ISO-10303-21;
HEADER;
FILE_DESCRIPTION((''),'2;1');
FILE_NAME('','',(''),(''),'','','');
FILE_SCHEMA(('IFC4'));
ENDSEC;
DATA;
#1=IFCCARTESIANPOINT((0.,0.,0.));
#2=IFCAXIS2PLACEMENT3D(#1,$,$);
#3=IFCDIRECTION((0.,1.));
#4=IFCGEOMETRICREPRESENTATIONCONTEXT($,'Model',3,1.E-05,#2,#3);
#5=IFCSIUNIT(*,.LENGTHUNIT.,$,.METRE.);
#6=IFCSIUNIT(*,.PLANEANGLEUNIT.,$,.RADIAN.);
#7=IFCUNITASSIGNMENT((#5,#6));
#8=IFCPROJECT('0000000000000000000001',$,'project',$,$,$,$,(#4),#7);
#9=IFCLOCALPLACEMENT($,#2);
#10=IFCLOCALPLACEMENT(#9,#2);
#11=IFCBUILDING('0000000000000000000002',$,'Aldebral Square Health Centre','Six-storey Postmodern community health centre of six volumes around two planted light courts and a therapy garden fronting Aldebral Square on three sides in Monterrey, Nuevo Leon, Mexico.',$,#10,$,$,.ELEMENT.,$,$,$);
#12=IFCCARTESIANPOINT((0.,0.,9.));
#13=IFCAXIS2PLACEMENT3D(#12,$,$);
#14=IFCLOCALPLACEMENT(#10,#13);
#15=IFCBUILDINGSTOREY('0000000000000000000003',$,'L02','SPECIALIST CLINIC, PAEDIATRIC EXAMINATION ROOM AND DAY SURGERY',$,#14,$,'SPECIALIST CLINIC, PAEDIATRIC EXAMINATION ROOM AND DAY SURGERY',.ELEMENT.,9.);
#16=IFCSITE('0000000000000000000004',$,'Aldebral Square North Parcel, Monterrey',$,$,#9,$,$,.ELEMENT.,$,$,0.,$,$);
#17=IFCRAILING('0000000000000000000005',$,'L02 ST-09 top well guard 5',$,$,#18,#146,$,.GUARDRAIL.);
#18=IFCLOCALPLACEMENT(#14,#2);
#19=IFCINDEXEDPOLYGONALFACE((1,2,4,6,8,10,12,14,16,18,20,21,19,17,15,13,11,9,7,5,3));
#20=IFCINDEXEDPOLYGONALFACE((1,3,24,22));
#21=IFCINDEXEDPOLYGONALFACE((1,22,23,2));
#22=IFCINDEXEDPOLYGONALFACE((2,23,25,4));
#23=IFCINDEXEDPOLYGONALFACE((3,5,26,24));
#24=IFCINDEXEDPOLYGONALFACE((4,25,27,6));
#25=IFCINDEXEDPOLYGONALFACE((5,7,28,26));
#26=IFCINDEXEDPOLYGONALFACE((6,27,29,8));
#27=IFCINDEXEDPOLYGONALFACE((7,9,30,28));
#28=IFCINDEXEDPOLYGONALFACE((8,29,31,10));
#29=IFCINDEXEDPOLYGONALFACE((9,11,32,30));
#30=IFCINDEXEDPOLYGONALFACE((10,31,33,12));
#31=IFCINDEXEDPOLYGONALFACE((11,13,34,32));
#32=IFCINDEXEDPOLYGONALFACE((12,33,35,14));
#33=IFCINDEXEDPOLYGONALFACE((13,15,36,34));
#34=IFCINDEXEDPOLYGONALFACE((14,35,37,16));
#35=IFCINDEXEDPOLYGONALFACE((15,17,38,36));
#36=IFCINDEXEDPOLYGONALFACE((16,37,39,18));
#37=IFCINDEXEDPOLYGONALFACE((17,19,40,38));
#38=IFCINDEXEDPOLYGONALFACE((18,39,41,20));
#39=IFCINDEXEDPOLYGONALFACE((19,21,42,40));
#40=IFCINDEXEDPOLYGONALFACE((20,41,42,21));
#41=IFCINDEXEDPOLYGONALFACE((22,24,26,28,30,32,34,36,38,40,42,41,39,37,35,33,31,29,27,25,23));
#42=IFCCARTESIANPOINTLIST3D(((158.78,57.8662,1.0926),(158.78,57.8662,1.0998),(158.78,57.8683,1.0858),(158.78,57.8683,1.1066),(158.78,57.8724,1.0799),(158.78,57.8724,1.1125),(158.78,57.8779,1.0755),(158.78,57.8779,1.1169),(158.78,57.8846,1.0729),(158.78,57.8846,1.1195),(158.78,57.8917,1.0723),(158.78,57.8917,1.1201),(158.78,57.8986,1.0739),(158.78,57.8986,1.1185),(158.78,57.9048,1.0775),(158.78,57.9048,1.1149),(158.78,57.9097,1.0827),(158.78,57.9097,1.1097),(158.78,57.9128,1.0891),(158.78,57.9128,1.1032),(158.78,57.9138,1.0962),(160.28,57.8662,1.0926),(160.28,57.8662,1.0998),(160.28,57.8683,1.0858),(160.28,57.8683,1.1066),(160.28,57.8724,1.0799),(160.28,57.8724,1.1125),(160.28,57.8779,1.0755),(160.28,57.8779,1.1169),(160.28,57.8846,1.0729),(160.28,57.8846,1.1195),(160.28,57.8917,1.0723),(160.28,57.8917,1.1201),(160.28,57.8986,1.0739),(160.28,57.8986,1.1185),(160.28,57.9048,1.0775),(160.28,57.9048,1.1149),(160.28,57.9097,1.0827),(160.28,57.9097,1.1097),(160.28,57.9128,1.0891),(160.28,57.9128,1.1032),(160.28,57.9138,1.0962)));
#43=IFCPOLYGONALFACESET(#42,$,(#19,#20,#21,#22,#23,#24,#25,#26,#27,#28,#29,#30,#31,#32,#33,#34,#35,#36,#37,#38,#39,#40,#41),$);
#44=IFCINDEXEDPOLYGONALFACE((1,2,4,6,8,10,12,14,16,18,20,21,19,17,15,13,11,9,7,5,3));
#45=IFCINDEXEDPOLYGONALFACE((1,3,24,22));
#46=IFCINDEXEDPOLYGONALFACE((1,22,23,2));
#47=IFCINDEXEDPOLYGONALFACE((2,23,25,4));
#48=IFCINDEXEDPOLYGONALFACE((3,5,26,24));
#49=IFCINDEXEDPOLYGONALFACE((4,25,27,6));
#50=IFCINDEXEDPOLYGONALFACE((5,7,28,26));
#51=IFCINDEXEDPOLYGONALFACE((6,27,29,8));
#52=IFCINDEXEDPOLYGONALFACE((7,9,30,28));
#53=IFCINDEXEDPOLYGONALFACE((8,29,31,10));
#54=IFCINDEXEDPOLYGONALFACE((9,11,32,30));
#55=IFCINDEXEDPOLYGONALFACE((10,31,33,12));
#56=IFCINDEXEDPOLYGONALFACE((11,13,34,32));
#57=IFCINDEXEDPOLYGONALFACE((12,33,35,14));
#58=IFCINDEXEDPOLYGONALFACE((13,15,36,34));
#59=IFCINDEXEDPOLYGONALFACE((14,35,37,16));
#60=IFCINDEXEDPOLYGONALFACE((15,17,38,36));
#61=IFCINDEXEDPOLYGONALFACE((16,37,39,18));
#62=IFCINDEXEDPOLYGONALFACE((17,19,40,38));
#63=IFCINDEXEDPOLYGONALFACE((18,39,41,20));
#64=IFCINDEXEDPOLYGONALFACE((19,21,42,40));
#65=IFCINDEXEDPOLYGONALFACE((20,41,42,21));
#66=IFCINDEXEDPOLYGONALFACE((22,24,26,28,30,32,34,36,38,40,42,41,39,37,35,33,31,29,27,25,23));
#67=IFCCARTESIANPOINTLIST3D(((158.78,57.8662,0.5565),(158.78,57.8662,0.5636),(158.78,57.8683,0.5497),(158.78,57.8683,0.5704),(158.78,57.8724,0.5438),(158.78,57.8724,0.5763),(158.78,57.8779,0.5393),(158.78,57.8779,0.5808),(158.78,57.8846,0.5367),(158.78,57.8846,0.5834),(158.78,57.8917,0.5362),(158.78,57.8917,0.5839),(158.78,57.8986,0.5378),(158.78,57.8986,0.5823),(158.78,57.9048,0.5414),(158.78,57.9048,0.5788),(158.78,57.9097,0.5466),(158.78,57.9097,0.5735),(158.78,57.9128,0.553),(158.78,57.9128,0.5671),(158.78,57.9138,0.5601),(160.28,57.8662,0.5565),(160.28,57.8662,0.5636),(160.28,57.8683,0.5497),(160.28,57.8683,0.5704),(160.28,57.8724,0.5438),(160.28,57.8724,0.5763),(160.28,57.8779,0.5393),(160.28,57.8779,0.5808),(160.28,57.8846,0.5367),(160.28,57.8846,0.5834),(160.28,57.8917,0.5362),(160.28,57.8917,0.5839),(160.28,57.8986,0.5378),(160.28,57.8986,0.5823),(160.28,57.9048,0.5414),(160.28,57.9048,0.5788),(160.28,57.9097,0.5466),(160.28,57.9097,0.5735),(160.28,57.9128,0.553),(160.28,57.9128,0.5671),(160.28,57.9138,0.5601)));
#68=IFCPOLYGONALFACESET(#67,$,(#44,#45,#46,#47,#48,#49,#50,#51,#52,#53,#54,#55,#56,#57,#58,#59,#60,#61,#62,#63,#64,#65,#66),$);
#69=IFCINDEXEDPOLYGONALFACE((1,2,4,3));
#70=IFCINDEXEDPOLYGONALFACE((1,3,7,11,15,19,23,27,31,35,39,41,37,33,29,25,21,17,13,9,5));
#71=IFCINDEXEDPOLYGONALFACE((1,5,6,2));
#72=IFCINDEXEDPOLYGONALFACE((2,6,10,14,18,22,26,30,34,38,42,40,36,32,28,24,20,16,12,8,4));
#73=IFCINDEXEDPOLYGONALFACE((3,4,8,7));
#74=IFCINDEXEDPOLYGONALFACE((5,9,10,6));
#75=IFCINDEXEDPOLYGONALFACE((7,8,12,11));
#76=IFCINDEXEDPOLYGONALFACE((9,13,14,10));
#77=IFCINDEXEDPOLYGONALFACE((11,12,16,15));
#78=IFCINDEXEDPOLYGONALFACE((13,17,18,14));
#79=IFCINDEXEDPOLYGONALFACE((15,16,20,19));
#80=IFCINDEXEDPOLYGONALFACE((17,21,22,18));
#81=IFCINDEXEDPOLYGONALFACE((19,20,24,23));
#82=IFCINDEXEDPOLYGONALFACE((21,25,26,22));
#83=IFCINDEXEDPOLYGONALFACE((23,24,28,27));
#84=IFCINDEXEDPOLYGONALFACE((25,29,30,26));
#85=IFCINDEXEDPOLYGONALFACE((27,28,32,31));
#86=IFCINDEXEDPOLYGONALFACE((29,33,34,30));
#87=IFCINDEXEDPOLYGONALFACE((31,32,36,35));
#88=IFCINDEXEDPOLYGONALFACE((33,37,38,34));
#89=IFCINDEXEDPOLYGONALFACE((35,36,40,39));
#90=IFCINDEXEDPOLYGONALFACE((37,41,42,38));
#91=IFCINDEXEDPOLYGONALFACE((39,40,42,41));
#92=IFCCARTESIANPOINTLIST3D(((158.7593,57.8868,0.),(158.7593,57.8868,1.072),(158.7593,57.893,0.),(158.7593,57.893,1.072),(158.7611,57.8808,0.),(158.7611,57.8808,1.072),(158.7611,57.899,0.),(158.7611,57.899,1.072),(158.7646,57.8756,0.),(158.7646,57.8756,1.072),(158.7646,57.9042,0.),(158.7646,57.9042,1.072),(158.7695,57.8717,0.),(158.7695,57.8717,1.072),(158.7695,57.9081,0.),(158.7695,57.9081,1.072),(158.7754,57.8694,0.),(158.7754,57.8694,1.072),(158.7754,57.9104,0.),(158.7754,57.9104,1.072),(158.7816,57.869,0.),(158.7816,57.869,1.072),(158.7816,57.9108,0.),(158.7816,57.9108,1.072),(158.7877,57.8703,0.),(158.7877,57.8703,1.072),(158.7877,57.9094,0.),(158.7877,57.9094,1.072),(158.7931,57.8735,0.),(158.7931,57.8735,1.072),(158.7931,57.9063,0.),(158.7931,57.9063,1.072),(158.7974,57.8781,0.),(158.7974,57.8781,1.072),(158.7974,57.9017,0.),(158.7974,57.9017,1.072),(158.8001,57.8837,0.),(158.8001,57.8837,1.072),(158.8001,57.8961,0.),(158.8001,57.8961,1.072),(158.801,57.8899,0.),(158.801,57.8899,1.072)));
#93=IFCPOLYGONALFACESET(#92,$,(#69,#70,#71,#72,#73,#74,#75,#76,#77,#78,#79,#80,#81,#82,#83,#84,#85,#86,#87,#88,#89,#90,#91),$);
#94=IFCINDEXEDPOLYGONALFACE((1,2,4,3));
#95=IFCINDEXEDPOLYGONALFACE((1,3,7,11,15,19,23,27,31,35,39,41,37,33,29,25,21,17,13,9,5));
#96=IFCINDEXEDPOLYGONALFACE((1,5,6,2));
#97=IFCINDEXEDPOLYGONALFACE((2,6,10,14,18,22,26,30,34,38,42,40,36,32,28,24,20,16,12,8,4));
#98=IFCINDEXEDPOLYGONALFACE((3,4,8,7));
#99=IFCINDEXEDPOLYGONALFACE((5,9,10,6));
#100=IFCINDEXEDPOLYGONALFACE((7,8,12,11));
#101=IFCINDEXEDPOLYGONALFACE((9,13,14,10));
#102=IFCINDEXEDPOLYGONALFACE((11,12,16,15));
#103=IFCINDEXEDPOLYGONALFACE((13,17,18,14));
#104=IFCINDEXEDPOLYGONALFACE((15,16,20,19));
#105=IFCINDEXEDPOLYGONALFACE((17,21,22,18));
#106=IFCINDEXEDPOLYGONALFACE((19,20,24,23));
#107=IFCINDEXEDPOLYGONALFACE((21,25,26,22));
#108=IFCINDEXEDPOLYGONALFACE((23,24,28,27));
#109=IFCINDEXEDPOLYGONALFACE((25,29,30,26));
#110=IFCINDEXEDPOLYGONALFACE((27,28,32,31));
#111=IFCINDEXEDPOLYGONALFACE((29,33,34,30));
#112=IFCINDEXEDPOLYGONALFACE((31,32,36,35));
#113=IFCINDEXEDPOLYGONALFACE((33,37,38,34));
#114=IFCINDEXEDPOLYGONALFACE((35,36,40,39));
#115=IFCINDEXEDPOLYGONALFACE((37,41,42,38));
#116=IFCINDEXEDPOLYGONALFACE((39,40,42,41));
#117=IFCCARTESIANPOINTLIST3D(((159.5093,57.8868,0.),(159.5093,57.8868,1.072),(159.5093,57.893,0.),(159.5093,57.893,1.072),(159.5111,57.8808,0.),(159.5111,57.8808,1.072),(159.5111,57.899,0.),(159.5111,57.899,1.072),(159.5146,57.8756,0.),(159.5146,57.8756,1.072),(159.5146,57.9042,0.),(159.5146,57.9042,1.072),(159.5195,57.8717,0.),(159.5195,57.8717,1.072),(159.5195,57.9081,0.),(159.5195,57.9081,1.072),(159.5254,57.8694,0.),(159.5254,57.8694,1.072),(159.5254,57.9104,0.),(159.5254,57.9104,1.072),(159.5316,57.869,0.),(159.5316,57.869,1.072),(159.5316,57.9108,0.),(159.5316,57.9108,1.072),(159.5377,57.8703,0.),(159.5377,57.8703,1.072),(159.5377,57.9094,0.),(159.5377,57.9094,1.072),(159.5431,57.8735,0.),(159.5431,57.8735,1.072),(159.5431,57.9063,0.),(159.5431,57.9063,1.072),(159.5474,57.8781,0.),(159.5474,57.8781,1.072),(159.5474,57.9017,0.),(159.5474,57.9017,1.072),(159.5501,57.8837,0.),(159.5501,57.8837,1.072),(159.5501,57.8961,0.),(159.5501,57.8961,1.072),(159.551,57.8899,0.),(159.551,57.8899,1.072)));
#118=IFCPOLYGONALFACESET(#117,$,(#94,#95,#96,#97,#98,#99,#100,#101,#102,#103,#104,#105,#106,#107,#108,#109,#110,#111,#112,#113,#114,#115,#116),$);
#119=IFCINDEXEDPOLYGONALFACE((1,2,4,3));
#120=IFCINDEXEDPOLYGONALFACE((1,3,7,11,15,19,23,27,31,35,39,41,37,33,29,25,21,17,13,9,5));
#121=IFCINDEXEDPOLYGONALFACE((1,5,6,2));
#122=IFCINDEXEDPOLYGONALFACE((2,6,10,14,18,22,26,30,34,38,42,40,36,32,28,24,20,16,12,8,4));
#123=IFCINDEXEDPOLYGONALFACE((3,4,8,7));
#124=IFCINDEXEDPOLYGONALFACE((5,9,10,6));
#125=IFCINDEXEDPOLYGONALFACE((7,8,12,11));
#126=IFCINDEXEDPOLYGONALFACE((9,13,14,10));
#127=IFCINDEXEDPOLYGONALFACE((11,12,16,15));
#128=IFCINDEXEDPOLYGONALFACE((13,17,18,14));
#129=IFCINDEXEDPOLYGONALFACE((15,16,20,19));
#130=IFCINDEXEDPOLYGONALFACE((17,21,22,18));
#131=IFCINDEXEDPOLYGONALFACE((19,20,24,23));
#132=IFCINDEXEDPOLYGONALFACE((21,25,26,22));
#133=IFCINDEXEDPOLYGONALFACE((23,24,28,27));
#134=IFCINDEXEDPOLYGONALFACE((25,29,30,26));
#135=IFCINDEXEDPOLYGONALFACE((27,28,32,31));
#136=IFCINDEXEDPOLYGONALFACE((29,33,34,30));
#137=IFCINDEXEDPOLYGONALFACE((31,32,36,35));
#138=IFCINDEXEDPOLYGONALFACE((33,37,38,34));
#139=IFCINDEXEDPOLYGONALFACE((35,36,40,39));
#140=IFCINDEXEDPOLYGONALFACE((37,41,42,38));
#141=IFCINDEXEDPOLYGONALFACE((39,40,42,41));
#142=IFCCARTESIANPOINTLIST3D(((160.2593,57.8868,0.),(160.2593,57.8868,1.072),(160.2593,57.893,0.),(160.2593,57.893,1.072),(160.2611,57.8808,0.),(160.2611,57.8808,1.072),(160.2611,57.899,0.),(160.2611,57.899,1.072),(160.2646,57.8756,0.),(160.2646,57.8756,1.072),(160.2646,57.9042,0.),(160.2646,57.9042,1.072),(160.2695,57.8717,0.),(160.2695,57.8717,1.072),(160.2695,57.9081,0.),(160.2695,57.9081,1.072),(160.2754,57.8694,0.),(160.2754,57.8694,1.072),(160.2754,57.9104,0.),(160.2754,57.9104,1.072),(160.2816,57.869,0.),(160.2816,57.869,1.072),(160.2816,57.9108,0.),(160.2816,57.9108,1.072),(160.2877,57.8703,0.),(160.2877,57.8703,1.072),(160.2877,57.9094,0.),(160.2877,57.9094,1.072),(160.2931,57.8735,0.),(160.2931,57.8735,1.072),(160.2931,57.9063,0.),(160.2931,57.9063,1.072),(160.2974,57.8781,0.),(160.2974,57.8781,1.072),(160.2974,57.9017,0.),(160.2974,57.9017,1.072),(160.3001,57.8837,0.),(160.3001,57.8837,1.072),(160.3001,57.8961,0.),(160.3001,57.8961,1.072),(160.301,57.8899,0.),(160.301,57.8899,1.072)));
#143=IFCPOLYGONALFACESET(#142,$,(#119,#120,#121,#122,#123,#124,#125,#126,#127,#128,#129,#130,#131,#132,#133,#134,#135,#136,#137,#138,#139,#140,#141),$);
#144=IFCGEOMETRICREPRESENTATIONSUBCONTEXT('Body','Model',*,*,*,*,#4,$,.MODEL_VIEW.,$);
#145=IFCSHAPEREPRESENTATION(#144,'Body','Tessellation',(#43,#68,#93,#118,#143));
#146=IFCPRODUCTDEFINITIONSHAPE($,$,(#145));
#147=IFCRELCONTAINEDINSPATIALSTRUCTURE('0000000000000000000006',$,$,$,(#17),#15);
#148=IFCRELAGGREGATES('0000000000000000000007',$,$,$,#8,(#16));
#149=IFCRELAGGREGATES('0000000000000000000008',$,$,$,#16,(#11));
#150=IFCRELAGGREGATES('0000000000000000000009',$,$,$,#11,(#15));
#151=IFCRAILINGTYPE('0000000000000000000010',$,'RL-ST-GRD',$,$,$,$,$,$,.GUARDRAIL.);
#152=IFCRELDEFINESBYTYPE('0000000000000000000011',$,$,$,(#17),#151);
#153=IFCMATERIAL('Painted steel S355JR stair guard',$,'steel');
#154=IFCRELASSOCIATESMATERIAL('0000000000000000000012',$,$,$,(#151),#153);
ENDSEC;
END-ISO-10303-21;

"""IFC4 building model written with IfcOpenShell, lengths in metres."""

from ifc_helpers import new_model, si_unit, direction, frame, origin, origin_2d, place, context, subcontext, project, spatial, circle, extrude, material, type_object, element, save


model = new_model("IFC4")

# Units and contexts
model_context = context("Model", 3, precision=1e-05, world=origin(), true_north=direction((0.0, 1.0)))
body_context = subcontext(model_context, "Body", "Model", "MODEL_VIEW")
ifc_project = project(units=[si_unit("LENGTHUNIT", "METRE"), si_unit("PLANEANGLEUNIT", "RADIAN")], contexts=[model_context])

# Site, building, storey
site_placement = place(None, origin())
site = spatial("IfcSite", under=ifc_project, at=site_placement, Name="Aldebral Square North Parcel, Monterrey", CompositionType="ELEMENT", RefElevation=0.0)
building_placement = place(site_placement, origin())
building = spatial("IfcBuilding", under=site, at=building_placement, Name="Aldebral Square Health Centre", Description="Six-storey Postmodern community health centre of six volumes around two planted light courts and a therapy garden fronting Aldebral Square on three sides in Monterrey, Nuevo Leon, Mexico.", CompositionType="ELEMENT")
storey_placement = place(building_placement, frame((0.0, 0.0, 9.0)))
storey = spatial("IfcBuildingStorey", under=building, at=storey_placement, Name="L02", Description="SPECIALIST CLINIC, PAEDIATRIC EXAMINATION ROOM AND DAY SURGERY", LongName="SPECIALIST CLINIC, PAEDIATRIC EXAMINATION ROOM AND DAY SURGERY", CompositionType="ELEMENT", Elevation=9.0)

# Railing
ifc_material_1 = material(Name="Painted steel S355JR stair guard", Category="steel")
railing_type = type_object("IfcRailingType", Name="RL-ST-GRD", PredefinedType="GUARDRAIL", material=ifc_material_1)
for number, where, name in (
    (1, (158.78, 57.8899, 0.0), "L02 ST-09 top well guard 5"),
):
    element("IfcRailing", number, at=place(storey_placement, frame(where)), inside=storey, type_object=railing_type, Name=name, PredefinedType="GUARDRAIL", context=body_context, shape_type="SweptSolid", body=[
        extrude(circle(Radius=0.0239, at=origin_2d()), frame((0.0, 0.0, 1.0962), z_axis=(1.0, 0.0, 0.0), x_axis=(0.0, 1.0, 0.0)), (0.0, 0.0, 1.0), 1.5),
        extrude(circle(Radius=0.0239, at=origin_2d()), frame((0.0, 0.0, 0.5601), z_axis=(1.0, 0.0, 0.0), x_axis=(0.0, 1.0, 0.0)), (0.0, 0.0, 1.0), 1.5),
        extrude(circle(Radius=0.021, at=origin_2d()), origin(), (0.0, 0.0, 1.0), 1.072),
        extrude(circle(Radius=0.021, at=origin_2d()), frame((0.75, 0.0, 0.0)), (0.0, 0.0, 1.0), 1.072),
        extrude(circle(Radius=0.021, at=origin_2d()), frame((1.5, 0.0, 0.0)), (0.0, 0.0, 1.0), 1.072),
    ])

save(model, "model.ifc")
